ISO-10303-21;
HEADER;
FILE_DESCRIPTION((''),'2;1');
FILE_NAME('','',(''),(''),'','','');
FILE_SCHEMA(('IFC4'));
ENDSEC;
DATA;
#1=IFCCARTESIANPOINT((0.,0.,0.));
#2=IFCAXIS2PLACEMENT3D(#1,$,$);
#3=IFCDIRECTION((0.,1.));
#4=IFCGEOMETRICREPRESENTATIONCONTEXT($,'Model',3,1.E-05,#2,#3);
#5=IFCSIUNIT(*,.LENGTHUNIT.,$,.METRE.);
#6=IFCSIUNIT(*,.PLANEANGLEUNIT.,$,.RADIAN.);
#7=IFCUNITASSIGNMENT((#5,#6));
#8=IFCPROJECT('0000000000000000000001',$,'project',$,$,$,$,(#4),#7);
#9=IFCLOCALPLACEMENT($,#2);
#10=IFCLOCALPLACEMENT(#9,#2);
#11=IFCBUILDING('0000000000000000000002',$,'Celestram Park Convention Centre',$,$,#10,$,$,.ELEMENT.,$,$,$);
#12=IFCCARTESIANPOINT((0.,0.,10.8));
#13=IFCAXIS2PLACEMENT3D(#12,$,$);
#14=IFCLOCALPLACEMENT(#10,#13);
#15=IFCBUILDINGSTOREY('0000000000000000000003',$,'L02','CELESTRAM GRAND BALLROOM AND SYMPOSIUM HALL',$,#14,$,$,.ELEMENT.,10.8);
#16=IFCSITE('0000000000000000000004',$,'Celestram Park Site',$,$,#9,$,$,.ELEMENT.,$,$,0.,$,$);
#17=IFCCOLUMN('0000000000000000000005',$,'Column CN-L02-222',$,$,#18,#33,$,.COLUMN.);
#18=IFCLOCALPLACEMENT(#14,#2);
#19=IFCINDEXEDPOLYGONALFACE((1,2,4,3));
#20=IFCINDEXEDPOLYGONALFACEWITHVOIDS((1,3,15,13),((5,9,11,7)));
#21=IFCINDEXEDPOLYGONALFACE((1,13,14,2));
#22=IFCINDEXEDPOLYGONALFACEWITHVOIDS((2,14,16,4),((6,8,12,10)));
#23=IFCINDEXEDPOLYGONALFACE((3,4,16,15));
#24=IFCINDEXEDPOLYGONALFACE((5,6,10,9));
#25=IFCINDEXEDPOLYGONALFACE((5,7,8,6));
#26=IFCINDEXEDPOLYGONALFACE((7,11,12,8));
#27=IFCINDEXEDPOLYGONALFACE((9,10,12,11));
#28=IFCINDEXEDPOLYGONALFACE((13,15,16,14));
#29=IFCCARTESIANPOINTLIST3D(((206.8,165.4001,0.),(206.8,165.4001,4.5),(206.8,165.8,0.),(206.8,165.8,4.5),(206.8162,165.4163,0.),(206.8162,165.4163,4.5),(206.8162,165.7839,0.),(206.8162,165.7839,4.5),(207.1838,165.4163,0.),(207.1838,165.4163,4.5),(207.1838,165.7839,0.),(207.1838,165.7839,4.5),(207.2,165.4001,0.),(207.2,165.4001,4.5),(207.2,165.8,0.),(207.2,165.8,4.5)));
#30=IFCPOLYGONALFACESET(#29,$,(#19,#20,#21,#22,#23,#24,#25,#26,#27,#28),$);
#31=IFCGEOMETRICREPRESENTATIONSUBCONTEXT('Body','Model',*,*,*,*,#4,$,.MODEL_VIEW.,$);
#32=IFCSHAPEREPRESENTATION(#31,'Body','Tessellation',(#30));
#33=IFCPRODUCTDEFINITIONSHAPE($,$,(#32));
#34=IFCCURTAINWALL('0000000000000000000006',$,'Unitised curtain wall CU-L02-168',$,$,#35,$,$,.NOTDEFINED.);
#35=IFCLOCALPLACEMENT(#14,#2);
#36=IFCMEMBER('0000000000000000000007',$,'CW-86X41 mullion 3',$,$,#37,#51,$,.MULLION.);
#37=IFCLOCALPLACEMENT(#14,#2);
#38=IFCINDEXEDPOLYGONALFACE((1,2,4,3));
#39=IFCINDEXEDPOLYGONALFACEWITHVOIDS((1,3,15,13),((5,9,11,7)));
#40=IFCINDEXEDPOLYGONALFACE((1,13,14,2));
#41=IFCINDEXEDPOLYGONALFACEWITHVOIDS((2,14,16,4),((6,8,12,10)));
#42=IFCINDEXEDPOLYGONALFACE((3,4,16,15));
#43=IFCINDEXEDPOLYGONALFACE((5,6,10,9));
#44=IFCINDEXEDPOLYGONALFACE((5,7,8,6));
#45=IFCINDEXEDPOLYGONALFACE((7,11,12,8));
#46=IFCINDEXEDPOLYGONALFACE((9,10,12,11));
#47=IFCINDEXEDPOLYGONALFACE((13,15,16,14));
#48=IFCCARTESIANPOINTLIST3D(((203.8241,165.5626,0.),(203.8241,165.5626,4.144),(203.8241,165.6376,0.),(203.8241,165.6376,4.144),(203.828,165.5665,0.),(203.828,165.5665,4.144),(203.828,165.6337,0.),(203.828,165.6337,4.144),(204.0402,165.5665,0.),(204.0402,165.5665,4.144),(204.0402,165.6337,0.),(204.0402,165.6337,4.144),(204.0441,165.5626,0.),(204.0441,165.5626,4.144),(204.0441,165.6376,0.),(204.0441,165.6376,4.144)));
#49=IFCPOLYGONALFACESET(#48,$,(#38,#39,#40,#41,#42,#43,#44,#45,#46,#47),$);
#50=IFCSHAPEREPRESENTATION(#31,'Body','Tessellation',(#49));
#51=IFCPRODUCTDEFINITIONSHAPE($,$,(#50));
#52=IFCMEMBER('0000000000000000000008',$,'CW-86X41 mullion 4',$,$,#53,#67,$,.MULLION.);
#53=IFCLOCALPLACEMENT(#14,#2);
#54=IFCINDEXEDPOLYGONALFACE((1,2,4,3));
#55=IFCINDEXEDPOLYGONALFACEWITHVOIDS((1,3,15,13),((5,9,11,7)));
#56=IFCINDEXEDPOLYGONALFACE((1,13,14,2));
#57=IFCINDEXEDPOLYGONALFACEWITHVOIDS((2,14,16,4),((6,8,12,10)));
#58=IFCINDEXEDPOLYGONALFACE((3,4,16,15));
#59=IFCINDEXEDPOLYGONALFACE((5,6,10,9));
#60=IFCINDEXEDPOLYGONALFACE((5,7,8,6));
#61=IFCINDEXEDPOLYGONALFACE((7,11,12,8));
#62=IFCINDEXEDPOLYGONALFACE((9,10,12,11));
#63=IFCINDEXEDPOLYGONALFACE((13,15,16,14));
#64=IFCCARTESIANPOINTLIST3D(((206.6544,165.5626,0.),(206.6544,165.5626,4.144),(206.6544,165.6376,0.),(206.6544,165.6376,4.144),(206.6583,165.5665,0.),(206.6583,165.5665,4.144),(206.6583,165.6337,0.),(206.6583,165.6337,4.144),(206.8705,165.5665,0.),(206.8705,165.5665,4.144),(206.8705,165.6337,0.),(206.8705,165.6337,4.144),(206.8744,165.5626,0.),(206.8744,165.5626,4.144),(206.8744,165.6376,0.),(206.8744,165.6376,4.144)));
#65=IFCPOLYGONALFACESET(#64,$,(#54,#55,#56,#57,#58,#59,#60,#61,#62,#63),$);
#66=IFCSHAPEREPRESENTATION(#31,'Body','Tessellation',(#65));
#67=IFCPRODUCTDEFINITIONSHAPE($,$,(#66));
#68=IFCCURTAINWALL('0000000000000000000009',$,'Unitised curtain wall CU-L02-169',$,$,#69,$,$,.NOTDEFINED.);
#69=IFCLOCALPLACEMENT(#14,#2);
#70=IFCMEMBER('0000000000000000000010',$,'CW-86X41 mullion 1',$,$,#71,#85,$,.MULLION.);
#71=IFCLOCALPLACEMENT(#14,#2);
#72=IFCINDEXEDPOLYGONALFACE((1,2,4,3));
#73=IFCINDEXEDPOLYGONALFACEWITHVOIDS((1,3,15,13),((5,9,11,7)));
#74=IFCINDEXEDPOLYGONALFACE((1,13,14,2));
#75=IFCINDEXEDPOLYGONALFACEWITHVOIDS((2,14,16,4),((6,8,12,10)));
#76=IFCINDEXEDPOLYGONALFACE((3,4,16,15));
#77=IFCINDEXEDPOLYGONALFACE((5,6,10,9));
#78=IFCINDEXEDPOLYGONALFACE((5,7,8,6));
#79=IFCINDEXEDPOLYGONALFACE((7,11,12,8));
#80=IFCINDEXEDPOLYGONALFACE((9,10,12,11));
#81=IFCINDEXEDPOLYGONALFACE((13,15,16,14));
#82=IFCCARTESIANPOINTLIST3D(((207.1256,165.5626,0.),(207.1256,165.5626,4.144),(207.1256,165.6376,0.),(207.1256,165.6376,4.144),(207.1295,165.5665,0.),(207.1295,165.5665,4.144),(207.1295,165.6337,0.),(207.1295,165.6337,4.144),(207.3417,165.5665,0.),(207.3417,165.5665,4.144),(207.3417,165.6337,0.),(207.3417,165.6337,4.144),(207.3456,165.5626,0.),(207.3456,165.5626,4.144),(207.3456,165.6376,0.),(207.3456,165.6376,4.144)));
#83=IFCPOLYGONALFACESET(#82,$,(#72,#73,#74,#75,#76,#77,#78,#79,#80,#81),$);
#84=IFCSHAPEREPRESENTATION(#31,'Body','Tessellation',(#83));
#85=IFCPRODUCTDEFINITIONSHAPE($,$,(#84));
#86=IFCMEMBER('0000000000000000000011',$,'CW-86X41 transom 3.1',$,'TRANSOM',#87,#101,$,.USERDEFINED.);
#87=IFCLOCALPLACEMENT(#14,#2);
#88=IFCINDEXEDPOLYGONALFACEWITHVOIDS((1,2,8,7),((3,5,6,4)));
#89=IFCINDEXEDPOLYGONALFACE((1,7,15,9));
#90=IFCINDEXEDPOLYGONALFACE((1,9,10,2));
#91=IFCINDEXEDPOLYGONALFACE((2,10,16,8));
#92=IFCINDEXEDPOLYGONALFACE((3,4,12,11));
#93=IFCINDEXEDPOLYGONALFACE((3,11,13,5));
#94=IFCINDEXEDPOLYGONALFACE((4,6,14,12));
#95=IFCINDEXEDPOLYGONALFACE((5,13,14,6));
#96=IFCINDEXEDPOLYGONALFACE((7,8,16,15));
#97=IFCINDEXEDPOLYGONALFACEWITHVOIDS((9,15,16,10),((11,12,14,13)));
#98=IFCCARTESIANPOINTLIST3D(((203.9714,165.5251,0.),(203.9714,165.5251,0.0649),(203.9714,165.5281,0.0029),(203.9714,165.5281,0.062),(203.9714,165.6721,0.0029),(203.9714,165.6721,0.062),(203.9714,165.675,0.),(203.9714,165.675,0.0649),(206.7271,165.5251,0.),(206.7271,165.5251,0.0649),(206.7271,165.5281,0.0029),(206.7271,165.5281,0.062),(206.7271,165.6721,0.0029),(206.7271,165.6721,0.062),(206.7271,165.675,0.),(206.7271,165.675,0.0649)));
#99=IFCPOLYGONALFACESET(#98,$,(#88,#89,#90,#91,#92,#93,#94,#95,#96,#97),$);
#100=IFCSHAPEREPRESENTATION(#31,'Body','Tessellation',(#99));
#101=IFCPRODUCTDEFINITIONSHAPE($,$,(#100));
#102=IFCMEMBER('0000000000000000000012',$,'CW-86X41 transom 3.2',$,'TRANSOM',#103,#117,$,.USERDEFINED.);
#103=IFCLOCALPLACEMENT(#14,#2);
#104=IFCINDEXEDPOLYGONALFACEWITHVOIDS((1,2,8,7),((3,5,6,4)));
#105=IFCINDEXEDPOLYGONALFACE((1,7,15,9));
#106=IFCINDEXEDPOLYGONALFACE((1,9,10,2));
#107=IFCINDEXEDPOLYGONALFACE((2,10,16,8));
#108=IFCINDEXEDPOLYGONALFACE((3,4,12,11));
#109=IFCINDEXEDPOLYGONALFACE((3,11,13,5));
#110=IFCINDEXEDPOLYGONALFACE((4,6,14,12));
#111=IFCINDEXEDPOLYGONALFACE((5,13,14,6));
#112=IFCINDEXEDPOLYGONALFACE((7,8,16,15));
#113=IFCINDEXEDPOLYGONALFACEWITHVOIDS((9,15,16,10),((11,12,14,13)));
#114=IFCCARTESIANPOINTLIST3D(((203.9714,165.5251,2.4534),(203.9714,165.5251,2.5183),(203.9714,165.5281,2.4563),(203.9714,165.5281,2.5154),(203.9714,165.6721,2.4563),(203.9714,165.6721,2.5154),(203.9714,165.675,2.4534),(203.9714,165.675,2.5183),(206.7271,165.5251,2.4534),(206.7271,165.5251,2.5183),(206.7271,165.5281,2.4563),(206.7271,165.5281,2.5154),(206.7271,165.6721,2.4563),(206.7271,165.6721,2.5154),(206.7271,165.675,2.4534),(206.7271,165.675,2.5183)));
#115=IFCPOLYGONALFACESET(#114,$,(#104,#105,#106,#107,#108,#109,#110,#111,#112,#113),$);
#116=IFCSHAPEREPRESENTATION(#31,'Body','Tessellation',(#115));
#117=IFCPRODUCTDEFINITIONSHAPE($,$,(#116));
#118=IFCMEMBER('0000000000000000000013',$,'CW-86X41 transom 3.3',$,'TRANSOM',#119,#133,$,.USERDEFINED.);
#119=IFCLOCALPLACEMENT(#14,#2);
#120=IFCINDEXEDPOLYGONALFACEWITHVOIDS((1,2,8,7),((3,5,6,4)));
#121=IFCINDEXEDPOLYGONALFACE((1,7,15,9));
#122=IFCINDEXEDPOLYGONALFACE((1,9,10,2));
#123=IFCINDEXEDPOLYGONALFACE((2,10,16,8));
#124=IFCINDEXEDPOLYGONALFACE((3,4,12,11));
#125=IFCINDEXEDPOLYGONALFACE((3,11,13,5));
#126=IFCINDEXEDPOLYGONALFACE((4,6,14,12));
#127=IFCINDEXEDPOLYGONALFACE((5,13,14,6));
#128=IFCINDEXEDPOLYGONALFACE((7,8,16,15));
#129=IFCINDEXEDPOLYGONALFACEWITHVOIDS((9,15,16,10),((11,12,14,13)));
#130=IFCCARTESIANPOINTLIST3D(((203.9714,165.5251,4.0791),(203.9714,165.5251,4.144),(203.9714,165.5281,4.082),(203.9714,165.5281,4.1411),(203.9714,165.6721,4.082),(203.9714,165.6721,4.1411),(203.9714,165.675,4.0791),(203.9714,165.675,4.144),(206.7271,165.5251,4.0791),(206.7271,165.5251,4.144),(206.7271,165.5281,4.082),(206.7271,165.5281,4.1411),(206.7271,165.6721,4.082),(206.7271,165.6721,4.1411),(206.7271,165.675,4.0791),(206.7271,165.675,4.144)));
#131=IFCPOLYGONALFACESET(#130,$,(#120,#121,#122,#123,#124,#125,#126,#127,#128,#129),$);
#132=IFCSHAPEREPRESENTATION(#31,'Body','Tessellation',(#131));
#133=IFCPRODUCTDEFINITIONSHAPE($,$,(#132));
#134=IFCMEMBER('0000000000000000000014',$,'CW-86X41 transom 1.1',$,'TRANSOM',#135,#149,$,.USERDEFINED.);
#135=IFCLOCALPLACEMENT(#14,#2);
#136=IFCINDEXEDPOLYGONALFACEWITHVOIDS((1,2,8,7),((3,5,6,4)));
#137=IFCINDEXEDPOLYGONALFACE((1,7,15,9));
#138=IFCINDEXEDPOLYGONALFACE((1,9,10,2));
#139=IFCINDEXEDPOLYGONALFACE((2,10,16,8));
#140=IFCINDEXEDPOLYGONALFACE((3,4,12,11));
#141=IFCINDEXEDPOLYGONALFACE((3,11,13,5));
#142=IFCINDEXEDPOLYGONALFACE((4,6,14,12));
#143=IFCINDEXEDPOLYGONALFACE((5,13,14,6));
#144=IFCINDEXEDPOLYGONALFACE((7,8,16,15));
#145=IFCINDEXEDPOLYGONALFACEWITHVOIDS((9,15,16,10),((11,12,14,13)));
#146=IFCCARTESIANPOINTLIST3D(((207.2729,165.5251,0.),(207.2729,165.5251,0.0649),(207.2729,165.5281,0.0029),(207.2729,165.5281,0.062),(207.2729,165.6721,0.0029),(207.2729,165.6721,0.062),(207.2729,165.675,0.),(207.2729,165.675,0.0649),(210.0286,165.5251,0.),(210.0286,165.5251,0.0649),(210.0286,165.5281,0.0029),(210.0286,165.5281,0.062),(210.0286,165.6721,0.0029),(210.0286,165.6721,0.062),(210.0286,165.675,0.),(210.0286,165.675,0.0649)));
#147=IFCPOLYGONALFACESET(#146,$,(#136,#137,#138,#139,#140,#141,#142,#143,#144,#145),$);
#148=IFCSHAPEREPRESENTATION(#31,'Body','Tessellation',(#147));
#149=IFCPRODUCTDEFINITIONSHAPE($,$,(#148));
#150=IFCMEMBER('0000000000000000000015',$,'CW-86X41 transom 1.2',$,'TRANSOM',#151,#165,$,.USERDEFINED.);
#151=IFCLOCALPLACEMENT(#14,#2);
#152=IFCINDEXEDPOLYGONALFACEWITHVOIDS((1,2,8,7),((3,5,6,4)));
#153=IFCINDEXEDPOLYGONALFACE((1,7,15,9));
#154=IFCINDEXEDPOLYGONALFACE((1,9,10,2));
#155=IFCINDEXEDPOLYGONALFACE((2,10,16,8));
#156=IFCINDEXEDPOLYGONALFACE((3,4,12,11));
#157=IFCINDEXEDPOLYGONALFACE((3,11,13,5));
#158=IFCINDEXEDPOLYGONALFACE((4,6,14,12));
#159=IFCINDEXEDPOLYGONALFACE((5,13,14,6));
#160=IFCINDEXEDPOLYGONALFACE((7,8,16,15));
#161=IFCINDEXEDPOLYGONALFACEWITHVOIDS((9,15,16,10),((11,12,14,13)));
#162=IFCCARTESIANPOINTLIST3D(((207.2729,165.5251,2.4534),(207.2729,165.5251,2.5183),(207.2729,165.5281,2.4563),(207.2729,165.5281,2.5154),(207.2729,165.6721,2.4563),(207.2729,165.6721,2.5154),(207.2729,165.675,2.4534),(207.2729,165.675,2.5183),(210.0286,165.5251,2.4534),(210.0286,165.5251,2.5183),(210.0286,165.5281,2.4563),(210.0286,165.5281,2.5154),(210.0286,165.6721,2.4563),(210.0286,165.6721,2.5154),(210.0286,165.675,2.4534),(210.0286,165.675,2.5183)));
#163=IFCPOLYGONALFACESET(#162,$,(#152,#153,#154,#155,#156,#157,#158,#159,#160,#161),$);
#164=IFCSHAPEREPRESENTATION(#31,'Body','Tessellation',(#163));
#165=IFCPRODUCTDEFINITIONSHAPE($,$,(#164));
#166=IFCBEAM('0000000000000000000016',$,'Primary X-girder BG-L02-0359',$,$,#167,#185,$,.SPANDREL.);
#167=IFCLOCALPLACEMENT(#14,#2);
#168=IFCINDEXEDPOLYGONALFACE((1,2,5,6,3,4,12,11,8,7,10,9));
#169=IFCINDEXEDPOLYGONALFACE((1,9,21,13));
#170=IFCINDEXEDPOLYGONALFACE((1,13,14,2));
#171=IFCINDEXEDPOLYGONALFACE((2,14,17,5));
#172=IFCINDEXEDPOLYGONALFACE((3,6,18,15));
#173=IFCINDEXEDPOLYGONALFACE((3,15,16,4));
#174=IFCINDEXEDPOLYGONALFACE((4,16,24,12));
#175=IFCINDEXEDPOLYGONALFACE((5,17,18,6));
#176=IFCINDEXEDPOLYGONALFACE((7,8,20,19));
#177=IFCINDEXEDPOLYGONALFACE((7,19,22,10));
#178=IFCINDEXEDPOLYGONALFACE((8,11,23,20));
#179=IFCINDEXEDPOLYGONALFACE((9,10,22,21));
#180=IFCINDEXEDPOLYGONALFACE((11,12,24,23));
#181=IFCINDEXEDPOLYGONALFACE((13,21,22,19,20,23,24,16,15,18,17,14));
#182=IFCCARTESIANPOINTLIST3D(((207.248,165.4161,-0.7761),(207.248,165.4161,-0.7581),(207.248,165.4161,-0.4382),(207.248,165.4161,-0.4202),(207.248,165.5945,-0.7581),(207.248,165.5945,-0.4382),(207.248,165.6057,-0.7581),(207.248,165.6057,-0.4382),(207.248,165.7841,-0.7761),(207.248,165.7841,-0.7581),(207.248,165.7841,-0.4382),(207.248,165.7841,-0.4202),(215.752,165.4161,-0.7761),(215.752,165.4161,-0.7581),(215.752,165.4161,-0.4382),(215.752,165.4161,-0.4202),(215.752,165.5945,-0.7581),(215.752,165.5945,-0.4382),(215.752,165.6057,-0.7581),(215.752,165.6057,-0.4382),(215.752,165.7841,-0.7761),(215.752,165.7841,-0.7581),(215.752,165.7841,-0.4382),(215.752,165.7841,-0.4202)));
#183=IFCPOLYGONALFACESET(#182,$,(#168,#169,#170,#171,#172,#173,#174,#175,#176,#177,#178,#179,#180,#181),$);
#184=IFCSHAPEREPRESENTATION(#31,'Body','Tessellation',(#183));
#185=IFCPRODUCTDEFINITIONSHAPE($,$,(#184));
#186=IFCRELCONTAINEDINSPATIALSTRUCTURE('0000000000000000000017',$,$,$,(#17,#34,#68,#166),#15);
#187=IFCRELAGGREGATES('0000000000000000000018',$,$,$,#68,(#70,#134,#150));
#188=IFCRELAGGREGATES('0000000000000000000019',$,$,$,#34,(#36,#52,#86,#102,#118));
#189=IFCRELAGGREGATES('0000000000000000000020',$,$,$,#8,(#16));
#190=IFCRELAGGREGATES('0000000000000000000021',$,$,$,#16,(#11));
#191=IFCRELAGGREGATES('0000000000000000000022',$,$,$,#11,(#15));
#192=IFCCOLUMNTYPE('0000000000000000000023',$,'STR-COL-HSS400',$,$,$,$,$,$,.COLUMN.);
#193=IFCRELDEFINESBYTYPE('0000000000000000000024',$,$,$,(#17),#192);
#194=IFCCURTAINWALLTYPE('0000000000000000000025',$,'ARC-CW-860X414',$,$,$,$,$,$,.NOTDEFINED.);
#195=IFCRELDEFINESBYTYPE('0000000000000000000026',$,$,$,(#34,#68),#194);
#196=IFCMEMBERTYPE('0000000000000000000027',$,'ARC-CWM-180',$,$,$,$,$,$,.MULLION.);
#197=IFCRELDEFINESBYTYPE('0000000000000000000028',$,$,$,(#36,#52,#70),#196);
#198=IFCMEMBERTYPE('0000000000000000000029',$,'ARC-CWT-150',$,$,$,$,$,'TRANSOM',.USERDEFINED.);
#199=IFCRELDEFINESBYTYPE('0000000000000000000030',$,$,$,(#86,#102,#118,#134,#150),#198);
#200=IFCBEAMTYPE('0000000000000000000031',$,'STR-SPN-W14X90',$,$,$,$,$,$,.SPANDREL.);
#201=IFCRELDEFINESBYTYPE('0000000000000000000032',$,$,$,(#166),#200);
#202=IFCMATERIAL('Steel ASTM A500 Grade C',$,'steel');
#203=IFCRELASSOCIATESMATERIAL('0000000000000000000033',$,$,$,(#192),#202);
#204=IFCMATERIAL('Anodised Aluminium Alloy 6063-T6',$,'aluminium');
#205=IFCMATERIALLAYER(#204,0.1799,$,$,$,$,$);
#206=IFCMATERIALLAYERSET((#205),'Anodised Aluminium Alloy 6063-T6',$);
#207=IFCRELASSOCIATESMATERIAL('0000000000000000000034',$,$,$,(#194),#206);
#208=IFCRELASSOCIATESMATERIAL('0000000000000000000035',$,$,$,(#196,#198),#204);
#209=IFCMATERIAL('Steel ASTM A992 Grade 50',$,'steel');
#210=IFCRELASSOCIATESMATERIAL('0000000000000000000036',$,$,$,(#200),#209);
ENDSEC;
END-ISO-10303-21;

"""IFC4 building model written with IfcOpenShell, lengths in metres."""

from ifc_helpers import new_model, si_unit, direction, frame, origin, origin_2d, place, context, subcontext, project, spatial, hollow_rectangle, i_section, extrude, material, layer, layer_set, material_profile, profile_set, type_object, element, aggregate, save


model = new_model("IFC4")

# Units and contexts
model_context = context("Model", 3, precision=1e-05, world=origin(), true_north=direction((0.0, 1.0)))
body_context = subcontext(model_context, "Body", "Model", "MODEL_VIEW")
ifc_project = project(units=[si_unit("LENGTHUNIT", "METRE"), si_unit("PLANEANGLEUNIT", "RADIAN")], contexts=[model_context])

# Site, building, storey
site_placement = place(None, origin())
site = spatial("IfcSite", under=ifc_project, at=site_placement, Name="Celestram Park Site", CompositionType="ELEMENT", RefElevation=0.0)
building_placement = place(site_placement, origin())
building = spatial("IfcBuilding", under=site, at=building_placement, Name="Celestram Park Convention Centre", CompositionType="ELEMENT")
storey_placement = place(building_placement, frame((0.0, 0.0, 10.8)))
storey = spatial("IfcBuildingStorey", under=building, at=storey_placement, Name="L02", Description="CELESTRAM GRAND BALLROOM AND SYMPOSIUM HALL", CompositionType="ELEMENT", Elevation=10.8)

# Column
ifc_material_1 = material(Name="Steel ASTM A500 Grade C", Category="steel")
ifc_material_profile_1 = material_profile(ifc_material_1, hollow_rectangle(XDim=0.3999, YDim=0.3999, WallThickness=0.0161, at=origin_2d()), Name="HSS400X400X16")
ifc_profile_set_1 = profile_set([ifc_material_profile_1], Name="Steel ASTM A500 Grade C")
column_type = type_object("IfcColumnType", Name="STR-COL-HSS400", PredefinedType="COLUMN", material=ifc_profile_set_1)
column_placement = place(storey_placement, frame((207.0, 165.6001, 0.0), z_axis=(0.0, 0.0, 1.0), x_axis=(1.0, 0.0, 0.0)))
element("IfcColumn", 1, at=column_placement, inside=storey, type_object=column_type, Name="Column CN-L02-222", PredefinedType="COLUMN", context=body_context, shape_type="SweptSolid", body=[
    extrude(hollow_rectangle(XDim=0.3999, YDim=0.3999, WallThickness=0.0161, at=origin_2d()), origin(), (0.0, 0.0, 1.0), 4.5),
])

# Curtain wall, members
ifc_material_2 = material(Name="Anodised Aluminium Alloy 6063-T6", Category="aluminium")
ifc_layer_1 = layer(ifc_material_2, 0.1799)
ifc_layer_set_1 = layer_set([ifc_layer_1], Name="Anodised Aluminium Alloy 6063-T6")
curtain_wall_type = type_object("IfcCurtainWallType", Name="ARC-CW-860X414", PredefinedType="NOTDEFINED", material=ifc_layer_set_1)
curtain_wall_1_placement = place(storey_placement, origin())
curtain_wall_1 = element("IfcCurtainWall", 2, at=curtain_wall_1_placement, inside=storey, type_object=curtain_wall_type, Name="Unitised curtain wall CU-L02-168", PredefinedType="NOTDEFINED")
ifc_material_profile_2 = material_profile(ifc_material_2, hollow_rectangle(XDim=0.075, YDim=0.22, WallThickness=0.0039, at=origin_2d()), Name="ALU75X220X4")
ifc_profile_set_2 = profile_set([ifc_material_profile_2], Name="Anodised Aluminium Alloy 6063-T6")
member_type_1 = type_object("IfcMemberType", Name="ARC-CWM-180", PredefinedType="MULLION", material=ifc_profile_set_2)
member_1_placement = place(storey_placement, frame((203.9341, 165.6001, 0.0), z_axis=(0.0, 0.0, 1.0), x_axis=(0.0, 1.0, 0.0)))
member_1 = element("IfcMember", 3, at=member_1_placement, type_object=member_type_1, Name="CW-86X41 mullion 3", PredefinedType="MULLION", context=body_context, shape_type="SweptSolid", body=[
    extrude(hollow_rectangle(XDim=0.075, YDim=0.22, WallThickness=0.0039, at=origin_2d()), origin(), (0.0, 0.0, 1.0), 4.144),
])
member_2_placement = place(storey_placement, frame((206.7644, 165.6001, 0.0), z_axis=(0.0, 0.0, 1.0), x_axis=(0.0, 1.0, 0.0)))
member_2 = element("IfcMember", 4, at=member_2_placement, type_object=member_type_1, Name="CW-86X41 mullion 4", PredefinedType="MULLION", context=body_context, shape_type="SweptSolid", body=[
    extrude(hollow_rectangle(XDim=0.075, YDim=0.22, WallThickness=0.0039, at=origin_2d()), origin(), (0.0, 0.0, 1.0), 4.144),
])

# Curtain wall, member
curtain_wall_2_placement = place(storey_placement, origin())
curtain_wall_2 = element("IfcCurtainWall", 5, at=curtain_wall_2_placement, inside=storey, type_object=curtain_wall_type, Name="Unitised curtain wall CU-L02-169", PredefinedType="NOTDEFINED")
member_3_placement = place(storey_placement, frame((207.2356, 165.6001, 0.0), z_axis=(0.0, 0.0, 1.0), x_axis=(0.0, 1.0, 0.0)))
member_3 = element("IfcMember", 6, at=member_3_placement, type_object=member_type_1, Name="CW-86X41 mullion 1", PredefinedType="MULLION", context=body_context, shape_type="SweptSolid", body=[
    extrude(hollow_rectangle(XDim=0.075, YDim=0.22, WallThickness=0.0039, at=origin_2d()), origin(), (0.0, 0.0, 1.0), 4.144),
])

# Members
ifc_material_profile_3 = material_profile(ifc_material_2, hollow_rectangle(XDim=0.1499, YDim=0.0649, WallThickness=0.0029, at=origin_2d()), Name="ALU150X65X3")
ifc_profile_set_3 = profile_set([ifc_material_profile_3], Name="Anodised Aluminium Alloy 6063-T6")
member_type_2 = type_object("IfcMemberType", Name="ARC-CWT-150", ElementType="TRANSOM", PredefinedType="USERDEFINED", material=ifc_profile_set_3)
member_4_placement = place(storey_placement, frame((203.9714, 165.6001, 0.0325), z_axis=(1.0, 0.0, 0.0), x_axis=(0.0, 1.0, 0.0)))
member_4 = element("IfcMember", 7, at=member_4_placement, type_object=member_type_2, Name="CW-86X41 transom 3.1", ObjectType="TRANSOM", PredefinedType="USERDEFINED", context=body_context, shape_type="SweptSolid", body=[
    extrude(hollow_rectangle(XDim=0.1499, YDim=0.0649, WallThickness=0.0029, at=origin_2d()), origin(), (0.0, 0.0, 1.0), 2.7556),
])
member_5_placement = place(storey_placement, frame((203.9714, 165.6001, 2.4858), z_axis=(1.0, 0.0, 0.0), x_axis=(0.0, 1.0, 0.0)))
member_5 = element("IfcMember", 8, at=member_5_placement, type_object=member_type_2, Name="CW-86X41 transom 3.2", ObjectType="TRANSOM", PredefinedType="USERDEFINED", context=body_context, shape_type="SweptSolid", body=[
    extrude(hollow_rectangle(XDim=0.1499, YDim=0.0649, WallThickness=0.0029, at=origin_2d()), origin(), (0.0, 0.0, 1.0), 2.7556),
])
member_6_placement = place(storey_placement, frame((203.9714, 165.6001, 4.1116), z_axis=(1.0, 0.0, 0.0), x_axis=(0.0, 1.0, 0.0)))
member_6 = element("IfcMember", 9, at=member_6_placement, type_object=member_type_2, Name="CW-86X41 transom 3.3", ObjectType="TRANSOM", PredefinedType="USERDEFINED", context=body_context, shape_type="SweptSolid", body=[
    extrude(hollow_rectangle(XDim=0.1499, YDim=0.0649, WallThickness=0.0029, at=origin_2d()), origin(), (0.0, 0.0, 1.0), 2.7556),
])
member_7_placement = place(storey_placement, frame((207.2729, 165.6001, 0.0325), z_axis=(1.0, 0.0, 0.0), x_axis=(0.0, 1.0, 0.0)))
member_7 = element("IfcMember", 10, at=member_7_placement, type_object=member_type_2, Name="CW-86X41 transom 1.1", ObjectType="TRANSOM", PredefinedType="USERDEFINED", context=body_context, shape_type="SweptSolid", body=[
    extrude(hollow_rectangle(XDim=0.1499, YDim=0.0649, WallThickness=0.0029, at=origin_2d()), origin(), (0.0, 0.0, 1.0), 2.7556),
])
member_8_placement = place(storey_placement, frame((207.2729, 165.6001, 2.4858), z_axis=(1.0, 0.0, 0.0), x_axis=(0.0, 1.0, 0.0)))
member_8 = element("IfcMember", 11, at=member_8_placement, type_object=member_type_2, Name="CW-86X41 transom 1.2", ObjectType="TRANSOM", PredefinedType="USERDEFINED", context=body_context, shape_type="SweptSolid", body=[
    extrude(hollow_rectangle(XDim=0.1499, YDim=0.0649, WallThickness=0.0029, at=origin_2d()), origin(), (0.0, 0.0, 1.0), 2.7556),
])
aggregate(curtain_wall_2, [member_3, member_7, member_8])

# Beam
ifc_material_3 = material(Name="Steel ASTM A992 Grade 50", Category="steel")
ifc_material_profile_4 = material_profile(ifc_material_3, i_section(OverallWidth=0.3679, OverallDepth=0.356, WebThickness=0.0112, FlangeThickness=0.0181, at=origin_2d()), Name="W14X90")
ifc_profile_set_4 = profile_set([ifc_material_profile_4], Name="Steel ASTM A992 Grade 50")
beam_type = type_object("IfcBeamType", Name="STR-SPN-W14X90", PredefinedType="SPANDREL", material=ifc_profile_set_4)
beam_placement = place(storey_placement, frame((207.248, 165.6001, -0.5981), z_axis=(1.0, 0.0, 0.0), x_axis=(0.0, 1.0, 0.0)))
element("IfcBeam", 12, at=beam_placement, inside=storey, type_object=beam_type, Name="Primary X-girder BG-L02-0359", PredefinedType="SPANDREL", context=body_context, shape_type="SweptSolid", body=[
    extrude(i_section(OverallWidth=0.3679, OverallDepth=0.356, WebThickness=0.0112, FlangeThickness=0.0181, at=origin_2d()), origin(), (0.0, 0.0, 1.0), 8.5039),
])

aggregate(curtain_wall_1, [member_1, member_2, member_4, member_5, member_6])

save(model, "model.ifc")
